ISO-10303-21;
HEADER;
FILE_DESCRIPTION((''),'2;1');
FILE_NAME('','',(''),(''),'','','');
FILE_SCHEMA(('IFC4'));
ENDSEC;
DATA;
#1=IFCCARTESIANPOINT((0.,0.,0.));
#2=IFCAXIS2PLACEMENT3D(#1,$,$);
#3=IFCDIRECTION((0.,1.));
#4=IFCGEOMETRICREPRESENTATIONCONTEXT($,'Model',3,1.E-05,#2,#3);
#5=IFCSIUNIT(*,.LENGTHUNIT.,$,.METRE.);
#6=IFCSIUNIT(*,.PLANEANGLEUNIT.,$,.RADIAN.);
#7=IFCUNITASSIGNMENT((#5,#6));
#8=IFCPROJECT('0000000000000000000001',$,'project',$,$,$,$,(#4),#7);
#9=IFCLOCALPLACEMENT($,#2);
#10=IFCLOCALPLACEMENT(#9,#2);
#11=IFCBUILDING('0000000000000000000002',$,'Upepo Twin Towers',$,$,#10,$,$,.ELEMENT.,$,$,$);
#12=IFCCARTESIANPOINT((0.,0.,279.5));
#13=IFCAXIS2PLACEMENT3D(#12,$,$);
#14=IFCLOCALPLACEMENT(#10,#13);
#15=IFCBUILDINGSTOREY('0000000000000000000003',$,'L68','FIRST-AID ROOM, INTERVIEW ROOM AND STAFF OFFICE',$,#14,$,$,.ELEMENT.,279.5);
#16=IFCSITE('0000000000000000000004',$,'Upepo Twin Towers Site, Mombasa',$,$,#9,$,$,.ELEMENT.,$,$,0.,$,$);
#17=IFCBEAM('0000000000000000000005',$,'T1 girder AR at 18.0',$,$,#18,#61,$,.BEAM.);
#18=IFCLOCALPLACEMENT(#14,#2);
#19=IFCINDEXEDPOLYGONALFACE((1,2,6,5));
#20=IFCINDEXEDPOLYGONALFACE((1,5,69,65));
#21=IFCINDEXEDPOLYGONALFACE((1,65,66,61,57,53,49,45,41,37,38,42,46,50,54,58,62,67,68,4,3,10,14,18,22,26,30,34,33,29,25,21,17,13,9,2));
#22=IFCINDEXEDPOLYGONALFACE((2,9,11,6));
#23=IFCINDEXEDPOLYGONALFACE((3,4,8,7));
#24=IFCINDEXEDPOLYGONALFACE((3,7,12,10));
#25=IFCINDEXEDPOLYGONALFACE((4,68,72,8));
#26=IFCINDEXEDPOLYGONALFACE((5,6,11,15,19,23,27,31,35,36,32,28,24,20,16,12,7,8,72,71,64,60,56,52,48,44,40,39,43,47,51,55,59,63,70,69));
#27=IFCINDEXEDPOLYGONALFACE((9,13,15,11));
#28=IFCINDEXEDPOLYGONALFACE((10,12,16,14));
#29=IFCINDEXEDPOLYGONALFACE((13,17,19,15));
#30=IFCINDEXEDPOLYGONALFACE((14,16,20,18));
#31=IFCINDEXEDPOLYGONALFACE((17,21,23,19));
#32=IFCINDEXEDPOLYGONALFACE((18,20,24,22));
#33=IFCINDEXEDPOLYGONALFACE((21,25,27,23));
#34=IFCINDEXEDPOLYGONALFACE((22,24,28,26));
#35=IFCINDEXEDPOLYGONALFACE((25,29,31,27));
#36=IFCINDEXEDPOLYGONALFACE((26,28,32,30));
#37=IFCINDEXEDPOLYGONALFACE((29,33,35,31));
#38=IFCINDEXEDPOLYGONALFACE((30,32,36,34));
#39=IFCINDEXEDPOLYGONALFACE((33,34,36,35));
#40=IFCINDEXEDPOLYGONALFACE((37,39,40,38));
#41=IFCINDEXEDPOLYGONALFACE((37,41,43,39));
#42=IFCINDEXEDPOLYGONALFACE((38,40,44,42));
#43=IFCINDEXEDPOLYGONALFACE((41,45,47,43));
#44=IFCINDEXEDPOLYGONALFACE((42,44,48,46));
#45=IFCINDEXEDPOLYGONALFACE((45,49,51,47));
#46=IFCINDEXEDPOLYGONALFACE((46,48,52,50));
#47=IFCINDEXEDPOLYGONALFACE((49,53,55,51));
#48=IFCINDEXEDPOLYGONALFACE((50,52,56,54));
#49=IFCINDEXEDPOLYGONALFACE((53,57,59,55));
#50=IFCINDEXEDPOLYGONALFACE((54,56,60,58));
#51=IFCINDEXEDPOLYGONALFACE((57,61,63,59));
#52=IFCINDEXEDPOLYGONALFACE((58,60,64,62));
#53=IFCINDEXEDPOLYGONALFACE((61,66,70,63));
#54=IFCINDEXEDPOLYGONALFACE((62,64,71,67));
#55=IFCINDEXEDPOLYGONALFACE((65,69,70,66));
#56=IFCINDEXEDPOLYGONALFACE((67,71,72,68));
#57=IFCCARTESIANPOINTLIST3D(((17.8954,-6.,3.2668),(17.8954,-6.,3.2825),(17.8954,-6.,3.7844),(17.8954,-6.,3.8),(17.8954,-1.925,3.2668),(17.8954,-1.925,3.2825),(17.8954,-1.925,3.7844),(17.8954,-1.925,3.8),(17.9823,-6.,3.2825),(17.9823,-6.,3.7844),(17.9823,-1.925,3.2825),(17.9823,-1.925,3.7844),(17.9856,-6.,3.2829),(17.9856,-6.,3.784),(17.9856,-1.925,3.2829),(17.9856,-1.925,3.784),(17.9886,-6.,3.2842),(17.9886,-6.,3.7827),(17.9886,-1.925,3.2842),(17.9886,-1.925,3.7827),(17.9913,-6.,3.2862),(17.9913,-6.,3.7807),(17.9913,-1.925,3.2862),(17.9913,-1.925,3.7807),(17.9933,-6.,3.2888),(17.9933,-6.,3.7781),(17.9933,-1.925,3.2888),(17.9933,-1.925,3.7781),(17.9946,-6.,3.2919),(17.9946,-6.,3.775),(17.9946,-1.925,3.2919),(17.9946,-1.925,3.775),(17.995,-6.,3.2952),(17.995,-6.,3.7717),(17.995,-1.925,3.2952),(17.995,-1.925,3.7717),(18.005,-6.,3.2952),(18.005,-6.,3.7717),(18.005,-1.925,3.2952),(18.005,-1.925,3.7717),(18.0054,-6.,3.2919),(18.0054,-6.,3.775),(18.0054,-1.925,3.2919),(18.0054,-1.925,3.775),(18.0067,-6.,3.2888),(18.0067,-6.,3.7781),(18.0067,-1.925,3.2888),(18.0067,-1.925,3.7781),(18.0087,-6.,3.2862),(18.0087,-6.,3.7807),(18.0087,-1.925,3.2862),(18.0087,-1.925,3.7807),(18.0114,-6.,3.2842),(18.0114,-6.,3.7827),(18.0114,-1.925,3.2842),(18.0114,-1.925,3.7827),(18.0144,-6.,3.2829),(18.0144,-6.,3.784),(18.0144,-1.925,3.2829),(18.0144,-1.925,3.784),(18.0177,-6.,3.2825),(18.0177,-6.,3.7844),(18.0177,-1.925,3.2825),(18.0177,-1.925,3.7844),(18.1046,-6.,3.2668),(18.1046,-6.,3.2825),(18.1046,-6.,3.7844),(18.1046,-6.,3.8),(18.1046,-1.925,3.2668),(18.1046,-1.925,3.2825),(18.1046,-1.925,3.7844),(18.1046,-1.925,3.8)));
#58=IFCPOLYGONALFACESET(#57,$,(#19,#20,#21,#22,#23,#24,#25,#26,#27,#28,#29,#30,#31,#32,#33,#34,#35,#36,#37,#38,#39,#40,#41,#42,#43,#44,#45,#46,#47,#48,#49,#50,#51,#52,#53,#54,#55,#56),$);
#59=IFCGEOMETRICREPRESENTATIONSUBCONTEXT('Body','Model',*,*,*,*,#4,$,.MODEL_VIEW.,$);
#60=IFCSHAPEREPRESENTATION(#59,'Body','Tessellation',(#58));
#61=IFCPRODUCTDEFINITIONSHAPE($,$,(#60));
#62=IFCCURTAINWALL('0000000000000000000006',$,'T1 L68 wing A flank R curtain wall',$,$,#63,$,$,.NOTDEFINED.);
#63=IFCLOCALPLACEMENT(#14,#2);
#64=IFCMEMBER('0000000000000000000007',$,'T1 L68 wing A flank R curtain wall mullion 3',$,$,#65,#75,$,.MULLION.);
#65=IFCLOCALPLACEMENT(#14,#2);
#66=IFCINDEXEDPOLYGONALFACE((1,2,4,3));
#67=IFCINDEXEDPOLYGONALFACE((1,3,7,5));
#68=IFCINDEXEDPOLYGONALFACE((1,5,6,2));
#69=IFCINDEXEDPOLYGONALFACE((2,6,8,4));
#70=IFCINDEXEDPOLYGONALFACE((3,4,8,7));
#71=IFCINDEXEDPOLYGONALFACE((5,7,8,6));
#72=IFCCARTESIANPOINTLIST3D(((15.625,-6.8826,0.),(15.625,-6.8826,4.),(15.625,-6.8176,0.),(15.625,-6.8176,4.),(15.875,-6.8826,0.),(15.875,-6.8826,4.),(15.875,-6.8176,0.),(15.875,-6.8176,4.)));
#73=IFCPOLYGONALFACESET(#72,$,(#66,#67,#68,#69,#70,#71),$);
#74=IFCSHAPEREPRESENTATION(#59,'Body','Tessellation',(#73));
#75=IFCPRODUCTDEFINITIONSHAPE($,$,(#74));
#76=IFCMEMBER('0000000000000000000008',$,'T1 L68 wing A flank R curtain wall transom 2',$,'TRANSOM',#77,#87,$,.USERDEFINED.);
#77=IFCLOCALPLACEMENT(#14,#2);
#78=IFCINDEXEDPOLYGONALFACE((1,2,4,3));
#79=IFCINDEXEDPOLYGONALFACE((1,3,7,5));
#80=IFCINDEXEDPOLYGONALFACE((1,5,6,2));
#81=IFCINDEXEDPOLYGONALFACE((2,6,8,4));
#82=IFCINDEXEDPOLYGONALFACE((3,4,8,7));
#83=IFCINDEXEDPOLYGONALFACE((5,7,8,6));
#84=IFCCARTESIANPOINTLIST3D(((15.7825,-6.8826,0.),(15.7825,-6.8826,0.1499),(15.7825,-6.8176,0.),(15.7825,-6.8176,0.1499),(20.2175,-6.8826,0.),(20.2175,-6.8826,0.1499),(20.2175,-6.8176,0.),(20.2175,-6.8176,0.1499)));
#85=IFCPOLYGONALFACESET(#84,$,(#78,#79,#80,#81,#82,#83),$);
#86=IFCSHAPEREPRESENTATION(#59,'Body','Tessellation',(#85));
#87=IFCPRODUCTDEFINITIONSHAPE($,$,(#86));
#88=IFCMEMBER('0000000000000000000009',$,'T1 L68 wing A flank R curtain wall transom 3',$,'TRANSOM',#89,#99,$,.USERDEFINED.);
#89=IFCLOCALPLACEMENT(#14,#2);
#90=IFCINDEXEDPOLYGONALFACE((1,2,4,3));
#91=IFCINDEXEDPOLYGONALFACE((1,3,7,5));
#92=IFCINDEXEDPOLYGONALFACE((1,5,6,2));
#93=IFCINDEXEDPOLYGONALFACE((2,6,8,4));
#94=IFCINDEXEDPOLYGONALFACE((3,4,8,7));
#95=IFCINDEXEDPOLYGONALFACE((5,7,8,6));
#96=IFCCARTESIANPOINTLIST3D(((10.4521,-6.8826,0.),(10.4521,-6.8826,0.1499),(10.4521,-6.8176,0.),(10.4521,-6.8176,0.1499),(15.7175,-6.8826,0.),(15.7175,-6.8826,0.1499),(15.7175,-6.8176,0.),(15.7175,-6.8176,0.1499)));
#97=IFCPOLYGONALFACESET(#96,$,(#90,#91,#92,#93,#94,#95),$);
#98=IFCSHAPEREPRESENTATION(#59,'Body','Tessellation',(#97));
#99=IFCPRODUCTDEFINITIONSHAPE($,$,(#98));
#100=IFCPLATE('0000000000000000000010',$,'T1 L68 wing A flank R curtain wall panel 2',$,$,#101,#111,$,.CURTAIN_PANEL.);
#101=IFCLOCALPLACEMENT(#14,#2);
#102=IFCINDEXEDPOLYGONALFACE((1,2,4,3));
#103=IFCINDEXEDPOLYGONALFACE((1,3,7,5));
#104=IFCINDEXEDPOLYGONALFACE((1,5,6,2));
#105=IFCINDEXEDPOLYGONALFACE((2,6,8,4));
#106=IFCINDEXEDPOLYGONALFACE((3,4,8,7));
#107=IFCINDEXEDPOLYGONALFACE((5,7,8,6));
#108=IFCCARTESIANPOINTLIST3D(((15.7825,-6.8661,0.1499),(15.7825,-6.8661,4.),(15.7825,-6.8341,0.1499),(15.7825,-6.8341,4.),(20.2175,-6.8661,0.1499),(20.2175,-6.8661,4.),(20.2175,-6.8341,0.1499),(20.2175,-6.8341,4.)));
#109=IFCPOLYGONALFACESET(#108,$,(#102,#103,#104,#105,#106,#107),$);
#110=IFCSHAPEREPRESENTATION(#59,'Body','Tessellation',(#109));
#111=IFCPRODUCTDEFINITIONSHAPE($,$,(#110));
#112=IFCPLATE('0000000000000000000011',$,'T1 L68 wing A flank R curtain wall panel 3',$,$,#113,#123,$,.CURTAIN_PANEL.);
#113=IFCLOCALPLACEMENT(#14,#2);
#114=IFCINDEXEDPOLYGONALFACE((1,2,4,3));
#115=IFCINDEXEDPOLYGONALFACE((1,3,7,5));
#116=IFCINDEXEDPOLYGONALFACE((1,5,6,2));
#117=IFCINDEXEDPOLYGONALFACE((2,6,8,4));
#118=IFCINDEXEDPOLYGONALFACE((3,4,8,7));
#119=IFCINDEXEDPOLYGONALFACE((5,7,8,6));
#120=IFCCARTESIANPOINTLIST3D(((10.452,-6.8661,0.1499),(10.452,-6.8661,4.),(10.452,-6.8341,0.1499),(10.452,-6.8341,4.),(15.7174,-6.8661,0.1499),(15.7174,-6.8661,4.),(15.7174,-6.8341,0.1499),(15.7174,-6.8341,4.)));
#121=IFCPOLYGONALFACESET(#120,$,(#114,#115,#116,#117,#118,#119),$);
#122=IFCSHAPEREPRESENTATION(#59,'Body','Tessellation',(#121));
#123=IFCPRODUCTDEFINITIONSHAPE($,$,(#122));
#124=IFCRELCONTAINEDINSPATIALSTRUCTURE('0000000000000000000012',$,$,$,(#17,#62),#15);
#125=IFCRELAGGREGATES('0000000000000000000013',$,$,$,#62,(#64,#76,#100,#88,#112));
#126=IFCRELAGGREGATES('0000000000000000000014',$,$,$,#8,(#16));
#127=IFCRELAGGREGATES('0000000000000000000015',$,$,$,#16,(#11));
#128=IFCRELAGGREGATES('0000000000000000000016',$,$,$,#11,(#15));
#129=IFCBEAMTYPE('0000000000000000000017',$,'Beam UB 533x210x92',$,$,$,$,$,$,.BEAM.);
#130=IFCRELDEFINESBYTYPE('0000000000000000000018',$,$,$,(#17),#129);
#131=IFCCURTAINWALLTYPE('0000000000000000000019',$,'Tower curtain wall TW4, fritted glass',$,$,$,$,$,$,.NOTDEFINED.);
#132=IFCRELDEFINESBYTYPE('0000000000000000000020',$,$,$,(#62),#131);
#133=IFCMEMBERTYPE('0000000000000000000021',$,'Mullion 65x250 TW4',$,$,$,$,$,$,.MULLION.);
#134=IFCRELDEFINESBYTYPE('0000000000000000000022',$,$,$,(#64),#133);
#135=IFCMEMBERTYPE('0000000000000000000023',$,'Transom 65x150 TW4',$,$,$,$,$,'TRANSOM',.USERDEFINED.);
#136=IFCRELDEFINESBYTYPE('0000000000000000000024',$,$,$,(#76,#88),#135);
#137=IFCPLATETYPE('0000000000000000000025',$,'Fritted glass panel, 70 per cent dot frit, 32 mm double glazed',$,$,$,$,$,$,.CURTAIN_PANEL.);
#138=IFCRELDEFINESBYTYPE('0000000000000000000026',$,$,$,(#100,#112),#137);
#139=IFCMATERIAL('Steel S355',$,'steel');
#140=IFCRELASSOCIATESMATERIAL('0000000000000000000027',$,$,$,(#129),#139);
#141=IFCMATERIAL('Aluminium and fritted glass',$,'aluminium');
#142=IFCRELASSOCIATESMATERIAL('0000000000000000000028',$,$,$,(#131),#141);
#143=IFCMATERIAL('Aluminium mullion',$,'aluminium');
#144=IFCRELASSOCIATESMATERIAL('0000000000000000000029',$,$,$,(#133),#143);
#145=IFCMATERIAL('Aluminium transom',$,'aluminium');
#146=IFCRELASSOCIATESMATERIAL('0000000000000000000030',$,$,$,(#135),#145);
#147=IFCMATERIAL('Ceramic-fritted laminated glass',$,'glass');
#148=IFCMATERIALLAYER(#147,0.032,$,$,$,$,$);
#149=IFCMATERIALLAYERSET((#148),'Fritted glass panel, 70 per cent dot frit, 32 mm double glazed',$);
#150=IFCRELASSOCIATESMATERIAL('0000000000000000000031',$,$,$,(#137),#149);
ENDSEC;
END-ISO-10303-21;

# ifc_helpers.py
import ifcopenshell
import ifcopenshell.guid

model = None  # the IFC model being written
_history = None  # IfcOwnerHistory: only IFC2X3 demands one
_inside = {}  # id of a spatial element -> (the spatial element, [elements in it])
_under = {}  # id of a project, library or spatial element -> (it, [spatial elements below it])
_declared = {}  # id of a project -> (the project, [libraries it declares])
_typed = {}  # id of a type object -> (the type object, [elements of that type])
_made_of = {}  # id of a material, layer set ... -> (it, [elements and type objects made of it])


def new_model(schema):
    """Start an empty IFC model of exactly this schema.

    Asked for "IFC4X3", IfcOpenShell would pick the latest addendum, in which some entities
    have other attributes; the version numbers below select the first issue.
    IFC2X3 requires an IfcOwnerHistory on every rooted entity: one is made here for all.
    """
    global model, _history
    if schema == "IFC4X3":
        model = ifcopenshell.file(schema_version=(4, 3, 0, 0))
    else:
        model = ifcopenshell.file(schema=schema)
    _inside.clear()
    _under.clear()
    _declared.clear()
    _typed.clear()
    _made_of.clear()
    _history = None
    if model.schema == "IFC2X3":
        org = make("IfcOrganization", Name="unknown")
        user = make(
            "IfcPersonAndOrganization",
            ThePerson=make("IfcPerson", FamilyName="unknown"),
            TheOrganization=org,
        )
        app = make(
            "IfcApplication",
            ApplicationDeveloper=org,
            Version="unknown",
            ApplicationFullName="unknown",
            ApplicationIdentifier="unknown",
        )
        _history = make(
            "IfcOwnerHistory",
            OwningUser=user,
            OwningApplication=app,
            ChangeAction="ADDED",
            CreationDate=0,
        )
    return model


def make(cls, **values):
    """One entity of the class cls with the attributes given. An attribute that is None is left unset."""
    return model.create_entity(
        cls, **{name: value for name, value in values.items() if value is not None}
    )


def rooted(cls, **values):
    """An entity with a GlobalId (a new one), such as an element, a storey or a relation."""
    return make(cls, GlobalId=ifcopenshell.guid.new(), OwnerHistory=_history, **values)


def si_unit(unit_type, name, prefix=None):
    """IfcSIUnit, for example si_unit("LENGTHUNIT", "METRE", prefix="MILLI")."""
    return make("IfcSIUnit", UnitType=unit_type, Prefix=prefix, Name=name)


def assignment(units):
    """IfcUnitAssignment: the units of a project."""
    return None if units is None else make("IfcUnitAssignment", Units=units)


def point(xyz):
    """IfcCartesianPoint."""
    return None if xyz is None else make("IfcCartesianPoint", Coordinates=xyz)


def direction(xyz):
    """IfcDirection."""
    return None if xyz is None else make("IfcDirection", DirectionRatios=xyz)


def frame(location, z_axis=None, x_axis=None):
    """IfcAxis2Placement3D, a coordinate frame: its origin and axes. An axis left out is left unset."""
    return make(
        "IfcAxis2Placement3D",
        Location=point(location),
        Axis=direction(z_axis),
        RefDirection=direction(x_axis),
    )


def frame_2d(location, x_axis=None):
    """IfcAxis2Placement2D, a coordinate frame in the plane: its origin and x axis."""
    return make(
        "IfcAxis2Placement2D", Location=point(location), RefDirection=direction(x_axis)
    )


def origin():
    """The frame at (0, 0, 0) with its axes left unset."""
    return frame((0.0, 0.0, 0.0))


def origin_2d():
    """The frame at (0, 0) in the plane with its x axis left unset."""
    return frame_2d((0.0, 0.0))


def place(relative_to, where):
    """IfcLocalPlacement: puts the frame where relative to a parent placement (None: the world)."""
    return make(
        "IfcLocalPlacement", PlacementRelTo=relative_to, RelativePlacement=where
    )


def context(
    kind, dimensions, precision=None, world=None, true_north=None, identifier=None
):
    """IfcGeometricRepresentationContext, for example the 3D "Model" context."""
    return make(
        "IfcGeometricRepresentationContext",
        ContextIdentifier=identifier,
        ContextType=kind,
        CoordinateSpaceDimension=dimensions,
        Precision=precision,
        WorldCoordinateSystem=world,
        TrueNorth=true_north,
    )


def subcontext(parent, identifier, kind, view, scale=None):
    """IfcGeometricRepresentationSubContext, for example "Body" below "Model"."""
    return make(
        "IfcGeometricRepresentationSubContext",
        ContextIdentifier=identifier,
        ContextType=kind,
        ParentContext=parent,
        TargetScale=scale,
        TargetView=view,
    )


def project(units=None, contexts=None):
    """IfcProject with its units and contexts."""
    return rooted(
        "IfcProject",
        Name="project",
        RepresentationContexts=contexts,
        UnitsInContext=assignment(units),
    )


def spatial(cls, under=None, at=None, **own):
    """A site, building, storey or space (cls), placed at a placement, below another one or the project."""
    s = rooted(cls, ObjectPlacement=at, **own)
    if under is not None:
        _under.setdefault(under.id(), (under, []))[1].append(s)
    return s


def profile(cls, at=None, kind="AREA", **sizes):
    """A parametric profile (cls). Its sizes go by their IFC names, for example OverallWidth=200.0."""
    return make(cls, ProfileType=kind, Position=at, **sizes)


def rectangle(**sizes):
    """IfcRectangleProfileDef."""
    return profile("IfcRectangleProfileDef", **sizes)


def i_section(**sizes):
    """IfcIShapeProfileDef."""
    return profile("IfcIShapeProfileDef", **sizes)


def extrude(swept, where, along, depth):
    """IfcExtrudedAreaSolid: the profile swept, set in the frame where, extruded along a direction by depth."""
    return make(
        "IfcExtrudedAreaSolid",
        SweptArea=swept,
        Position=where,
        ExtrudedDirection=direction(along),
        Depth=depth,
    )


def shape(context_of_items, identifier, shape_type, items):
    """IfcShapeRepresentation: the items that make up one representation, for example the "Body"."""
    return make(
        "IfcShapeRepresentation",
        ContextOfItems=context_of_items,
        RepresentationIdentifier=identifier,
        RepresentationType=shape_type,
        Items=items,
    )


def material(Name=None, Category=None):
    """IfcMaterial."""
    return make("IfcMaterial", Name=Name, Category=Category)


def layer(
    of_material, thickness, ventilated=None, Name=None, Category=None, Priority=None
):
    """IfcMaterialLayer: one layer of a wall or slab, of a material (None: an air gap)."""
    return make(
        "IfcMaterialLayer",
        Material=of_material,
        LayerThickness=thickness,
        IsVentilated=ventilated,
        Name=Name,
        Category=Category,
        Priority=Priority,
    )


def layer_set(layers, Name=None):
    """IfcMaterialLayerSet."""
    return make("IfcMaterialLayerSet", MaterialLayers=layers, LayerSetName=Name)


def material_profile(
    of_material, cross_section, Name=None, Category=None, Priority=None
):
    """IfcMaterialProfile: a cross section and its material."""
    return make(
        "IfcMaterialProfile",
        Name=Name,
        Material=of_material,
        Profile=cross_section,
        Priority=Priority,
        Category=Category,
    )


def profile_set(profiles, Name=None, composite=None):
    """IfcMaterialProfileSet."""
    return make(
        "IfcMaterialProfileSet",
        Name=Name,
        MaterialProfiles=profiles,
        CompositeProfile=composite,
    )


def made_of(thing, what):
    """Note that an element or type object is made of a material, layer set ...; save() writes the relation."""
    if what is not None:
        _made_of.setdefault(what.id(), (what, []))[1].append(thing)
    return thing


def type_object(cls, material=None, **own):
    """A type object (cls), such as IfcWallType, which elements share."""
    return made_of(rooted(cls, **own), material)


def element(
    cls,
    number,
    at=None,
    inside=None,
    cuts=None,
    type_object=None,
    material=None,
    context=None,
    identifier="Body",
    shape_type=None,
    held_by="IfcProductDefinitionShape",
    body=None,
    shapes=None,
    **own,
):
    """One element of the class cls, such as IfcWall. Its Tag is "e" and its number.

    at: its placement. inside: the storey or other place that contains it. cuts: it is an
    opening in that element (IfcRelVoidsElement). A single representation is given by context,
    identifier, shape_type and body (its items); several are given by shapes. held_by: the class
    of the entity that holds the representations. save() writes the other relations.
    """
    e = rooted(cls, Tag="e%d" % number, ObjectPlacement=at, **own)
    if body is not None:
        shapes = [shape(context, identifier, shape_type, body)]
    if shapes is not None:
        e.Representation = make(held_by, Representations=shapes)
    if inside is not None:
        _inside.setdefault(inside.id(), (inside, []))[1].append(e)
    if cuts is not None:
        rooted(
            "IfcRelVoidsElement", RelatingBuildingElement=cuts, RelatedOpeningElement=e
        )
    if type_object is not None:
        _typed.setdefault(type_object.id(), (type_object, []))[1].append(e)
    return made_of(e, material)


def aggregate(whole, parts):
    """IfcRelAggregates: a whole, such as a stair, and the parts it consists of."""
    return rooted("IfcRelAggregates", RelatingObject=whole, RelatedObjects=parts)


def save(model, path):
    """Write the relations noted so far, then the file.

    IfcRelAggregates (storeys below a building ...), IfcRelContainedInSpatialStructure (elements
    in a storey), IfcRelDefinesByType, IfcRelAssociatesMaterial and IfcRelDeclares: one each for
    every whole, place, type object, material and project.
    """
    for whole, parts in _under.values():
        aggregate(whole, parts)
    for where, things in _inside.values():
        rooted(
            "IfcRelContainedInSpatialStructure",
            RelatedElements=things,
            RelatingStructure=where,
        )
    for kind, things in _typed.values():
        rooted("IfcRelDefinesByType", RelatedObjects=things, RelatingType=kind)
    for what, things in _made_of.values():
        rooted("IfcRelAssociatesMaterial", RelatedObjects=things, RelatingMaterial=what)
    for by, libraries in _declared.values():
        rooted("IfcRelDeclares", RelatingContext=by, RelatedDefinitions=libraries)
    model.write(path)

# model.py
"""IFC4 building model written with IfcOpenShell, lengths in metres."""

from ifc_helpers import new_model, si_unit, direction, frame, origin, origin_2d, place, context, subcontext, project, spatial, rectangle, i_section, extrude, material, layer, layer_set, material_profile, profile_set, type_object, element, aggregate, save


model = new_model("IFC4")

# Units and contexts
model_context = context("Model", 3, precision=1e-05, world=origin(), true_north=direction((0.0, 1.0)))
body_context = subcontext(model_context, "Body", "Model", "MODEL_VIEW")
ifc_project = project(units=[si_unit("LENGTHUNIT", "METRE"), si_unit("PLANEANGLEUNIT", "RADIAN")], contexts=[model_context])

# Site, building, storey
site_placement = place(None, origin())
site = spatial("IfcSite", under=ifc_project, at=site_placement, Name="Upepo Twin Towers Site, Mombasa", CompositionType="ELEMENT", RefElevation=0.0)
building_placement = place(site_placement, origin())
building = spatial("IfcBuilding", under=site, at=building_placement, Name="Upepo Twin Towers", CompositionType="ELEMENT")
storey_placement = place(building_placement, frame((0.0, 0.0, 279.5)))
storey = spatial("IfcBuildingStorey", under=building, at=storey_placement, Name="L68", Description="FIRST-AID ROOM, INTERVIEW ROOM AND STAFF OFFICE", CompositionType="ELEMENT", Elevation=279.5)

# Beam
ifc_material_1 = material(Name="Steel S355", Category="steel")
ifc_material_profile_1 = material_profile(ifc_material_1, i_section(OverallWidth=0.2092, OverallDepth=0.5332, WebThickness=0.01, FlangeThickness=0.0156, FilletRadius=0.0127, at=origin_2d()), Name="UB 533x210x92")
ifc_profile_set_1 = profile_set([ifc_material_profile_1], Name="Steel S355")
beam_type_1 = type_object("IfcBeamType", Name="Beam UB 533x210x92", PredefinedType="BEAM", material=ifc_profile_set_1)
for number, where, z_axis, x_axis, name in (
    (1, (18.0, -6.0, 3.5334), (0.0, 1.0, 0.0), (-1.0, 0.0, 0.0), "T1 girder AR at 18.0"),
):
    element("IfcBeam", number, at=place(storey_placement, frame(where, z_axis=z_axis, x_axis=x_axis)), inside=storey, type_object=beam_type_1, Name=name, PredefinedType="BEAM", context=body_context, shape_type="SweptSolid", body=[
        extrude(i_section(OverallWidth=0.2092, OverallDepth=0.5332, WebThickness=0.01, FlangeThickness=0.0156, FilletRadius=0.0127, at=origin_2d()), origin(), (0.0, 0.0, 1.0), 4.075),
    ])

# Curtain wall, members, plates
ifc_material_2 = material(Name="Aluminium and fritted glass", Category="aluminium")
curtain_wall_type = type_object("IfcCurtainWallType", Name="Tower curtain wall TW4, fritted glass", PredefinedType="NOTDEFINED", material=ifc_material_2)
curtain_wall_placement = place(storey_placement, origin())
curtain_wall = element("IfcCurtainWall", 2, at=curtain_wall_placement, inside=storey, type_object=curtain_wall_type, Name="T1 L68 wing A flank R curtain wall", PredefinedType="NOTDEFINED")
ifc_material_3 = material(Name="Aluminium mullion", Category="aluminium")
ifc_material_profile_2 = material_profile(ifc_material_3, rectangle(XDim=0.0649, YDim=0.25, at=origin_2d()), Name="MULLION 65x250")
ifc_profile_set_2 = profile_set([ifc_material_profile_2], Name="Aluminium mullion")
member_type_1 = type_object("IfcMemberType", Name="Mullion 65x250 TW4", PredefinedType="MULLION", material=ifc_profile_set_2)
member_1_placement = place(storey_placement, frame((15.75, -6.8501, 0.0), z_axis=(0.0, 0.0, 1.0), x_axis=(0.0, -1.0, 0.0)))
member_1 = element("IfcMember", 3, at=member_1_placement, type_object=member_type_1, Name="T1 L68 wing A flank R curtain wall mullion 3", PredefinedType="MULLION", context=body_context, shape_type="SweptSolid", body=[
    extrude(rectangle(XDim=0.0649, YDim=0.25, at=origin_2d()), origin(), (0.0, 0.0, 1.0), 4.0),
])
ifc_material_4 = material(Name="Aluminium transom", Category="aluminium")
ifc_material_profile_3 = material_profile(ifc_material_4, rectangle(XDim=0.0649, YDim=0.1499, at=origin_2d()), Name="TRANSOM 65x150")
ifc_profile_set_3 = profile_set([ifc_material_profile_3], Name="Aluminium transom")
member_type_2 = type_object("IfcMemberType", Name="Transom 65x150 TW4", ElementType="TRANSOM", PredefinedType="USERDEFINED", material=ifc_profile_set_3)
member_2_placement = place(storey_placement, frame((20.2175, -6.8501, 0.075), z_axis=(-1.0, 0.0, 0.0), x_axis=(0.0, -1.0, 0.0)))
member_2 = element("IfcMember", 4, at=member_2_placement, type_object=member_type_2, Name="T1 L68 wing A flank R curtain wall transom 2", ObjectType="TRANSOM", PredefinedType="USERDEFINED", context=body_context, shape_type="SweptSolid", body=[
    extrude(rectangle(XDim=0.0649, YDim=0.1499, at=origin_2d()), origin(), (0.0, 0.0, 1.0), 4.4351),
])
member_3_placement = place(storey_placement, frame((15.7175, -6.8501, 0.075), z_axis=(-1.0, 0.0, 0.0), x_axis=(0.0, -1.0, 0.0)))
member_3 = element("IfcMember", 5, at=member_3_placement, type_object=member_type_2, Name="T1 L68 wing A flank R curtain wall transom 3", ObjectType="TRANSOM", PredefinedType="USERDEFINED", context=body_context, shape_type="SweptSolid", body=[
    extrude(rectangle(XDim=0.0649, YDim=0.1499, at=origin_2d()), origin(), (0.0, 0.0, 1.0), 5.2654),
])
ifc_material_5 = material(Name="Ceramic-fritted laminated glass", Category="glass")
ifc_layer_1 = layer(ifc_material_5, 0.032)
ifc_layer_set_1 = layer_set([ifc_layer_1], Name="Fritted glass panel, 70 per cent dot frit, 32 mm double glazed")
plate_type = type_object("IfcPlateType", Name="Fritted glass panel, 70 per cent dot frit, 32 mm double glazed", PredefinedType="CURTAIN_PANEL", material=ifc_layer_set_1)
plate_1_placement = place(storey_placement, frame((18.0, -6.8501, 0.1499), z_axis=(0.0, 0.0, 1.0), x_axis=(-1.0, 0.0, 0.0)))
plate_1 = element("IfcPlate", 6, at=plate_1_placement, type_object=plate_type, Name="T1 L68 wing A flank R curtain wall panel 2", PredefinedType="CURTAIN_PANEL", context=body_context, shape_type="SweptSolid", body=[
    extrude(rectangle(XDim=4.4351, YDim=0.032, at=origin_2d()), origin(), (0.0, 0.0, 1.0), 3.8501),
])
plate_2_placement = place(storey_placement, frame((13.0847, -6.8501, 0.1499), z_axis=(0.0, 0.0, 1.0), x_axis=(-1.0, 0.0, 0.0)))
plate_2 = element("IfcPlate", 7, at=plate_2_placement, type_object=plate_type, Name="T1 L68 wing A flank R curtain wall panel 3", PredefinedType="CURTAIN_PANEL", context=body_context, shape_type="SweptSolid", body=[
    extrude(rectangle(XDim=5.2654, YDim=0.032, at=origin_2d()), origin(), (0.0, 0.0, 1.0), 3.8501),
])
aggregate(curtain_wall, [member_1, member_2, plate_1, member_3, plate_2])

save(model, "model.ifc")
